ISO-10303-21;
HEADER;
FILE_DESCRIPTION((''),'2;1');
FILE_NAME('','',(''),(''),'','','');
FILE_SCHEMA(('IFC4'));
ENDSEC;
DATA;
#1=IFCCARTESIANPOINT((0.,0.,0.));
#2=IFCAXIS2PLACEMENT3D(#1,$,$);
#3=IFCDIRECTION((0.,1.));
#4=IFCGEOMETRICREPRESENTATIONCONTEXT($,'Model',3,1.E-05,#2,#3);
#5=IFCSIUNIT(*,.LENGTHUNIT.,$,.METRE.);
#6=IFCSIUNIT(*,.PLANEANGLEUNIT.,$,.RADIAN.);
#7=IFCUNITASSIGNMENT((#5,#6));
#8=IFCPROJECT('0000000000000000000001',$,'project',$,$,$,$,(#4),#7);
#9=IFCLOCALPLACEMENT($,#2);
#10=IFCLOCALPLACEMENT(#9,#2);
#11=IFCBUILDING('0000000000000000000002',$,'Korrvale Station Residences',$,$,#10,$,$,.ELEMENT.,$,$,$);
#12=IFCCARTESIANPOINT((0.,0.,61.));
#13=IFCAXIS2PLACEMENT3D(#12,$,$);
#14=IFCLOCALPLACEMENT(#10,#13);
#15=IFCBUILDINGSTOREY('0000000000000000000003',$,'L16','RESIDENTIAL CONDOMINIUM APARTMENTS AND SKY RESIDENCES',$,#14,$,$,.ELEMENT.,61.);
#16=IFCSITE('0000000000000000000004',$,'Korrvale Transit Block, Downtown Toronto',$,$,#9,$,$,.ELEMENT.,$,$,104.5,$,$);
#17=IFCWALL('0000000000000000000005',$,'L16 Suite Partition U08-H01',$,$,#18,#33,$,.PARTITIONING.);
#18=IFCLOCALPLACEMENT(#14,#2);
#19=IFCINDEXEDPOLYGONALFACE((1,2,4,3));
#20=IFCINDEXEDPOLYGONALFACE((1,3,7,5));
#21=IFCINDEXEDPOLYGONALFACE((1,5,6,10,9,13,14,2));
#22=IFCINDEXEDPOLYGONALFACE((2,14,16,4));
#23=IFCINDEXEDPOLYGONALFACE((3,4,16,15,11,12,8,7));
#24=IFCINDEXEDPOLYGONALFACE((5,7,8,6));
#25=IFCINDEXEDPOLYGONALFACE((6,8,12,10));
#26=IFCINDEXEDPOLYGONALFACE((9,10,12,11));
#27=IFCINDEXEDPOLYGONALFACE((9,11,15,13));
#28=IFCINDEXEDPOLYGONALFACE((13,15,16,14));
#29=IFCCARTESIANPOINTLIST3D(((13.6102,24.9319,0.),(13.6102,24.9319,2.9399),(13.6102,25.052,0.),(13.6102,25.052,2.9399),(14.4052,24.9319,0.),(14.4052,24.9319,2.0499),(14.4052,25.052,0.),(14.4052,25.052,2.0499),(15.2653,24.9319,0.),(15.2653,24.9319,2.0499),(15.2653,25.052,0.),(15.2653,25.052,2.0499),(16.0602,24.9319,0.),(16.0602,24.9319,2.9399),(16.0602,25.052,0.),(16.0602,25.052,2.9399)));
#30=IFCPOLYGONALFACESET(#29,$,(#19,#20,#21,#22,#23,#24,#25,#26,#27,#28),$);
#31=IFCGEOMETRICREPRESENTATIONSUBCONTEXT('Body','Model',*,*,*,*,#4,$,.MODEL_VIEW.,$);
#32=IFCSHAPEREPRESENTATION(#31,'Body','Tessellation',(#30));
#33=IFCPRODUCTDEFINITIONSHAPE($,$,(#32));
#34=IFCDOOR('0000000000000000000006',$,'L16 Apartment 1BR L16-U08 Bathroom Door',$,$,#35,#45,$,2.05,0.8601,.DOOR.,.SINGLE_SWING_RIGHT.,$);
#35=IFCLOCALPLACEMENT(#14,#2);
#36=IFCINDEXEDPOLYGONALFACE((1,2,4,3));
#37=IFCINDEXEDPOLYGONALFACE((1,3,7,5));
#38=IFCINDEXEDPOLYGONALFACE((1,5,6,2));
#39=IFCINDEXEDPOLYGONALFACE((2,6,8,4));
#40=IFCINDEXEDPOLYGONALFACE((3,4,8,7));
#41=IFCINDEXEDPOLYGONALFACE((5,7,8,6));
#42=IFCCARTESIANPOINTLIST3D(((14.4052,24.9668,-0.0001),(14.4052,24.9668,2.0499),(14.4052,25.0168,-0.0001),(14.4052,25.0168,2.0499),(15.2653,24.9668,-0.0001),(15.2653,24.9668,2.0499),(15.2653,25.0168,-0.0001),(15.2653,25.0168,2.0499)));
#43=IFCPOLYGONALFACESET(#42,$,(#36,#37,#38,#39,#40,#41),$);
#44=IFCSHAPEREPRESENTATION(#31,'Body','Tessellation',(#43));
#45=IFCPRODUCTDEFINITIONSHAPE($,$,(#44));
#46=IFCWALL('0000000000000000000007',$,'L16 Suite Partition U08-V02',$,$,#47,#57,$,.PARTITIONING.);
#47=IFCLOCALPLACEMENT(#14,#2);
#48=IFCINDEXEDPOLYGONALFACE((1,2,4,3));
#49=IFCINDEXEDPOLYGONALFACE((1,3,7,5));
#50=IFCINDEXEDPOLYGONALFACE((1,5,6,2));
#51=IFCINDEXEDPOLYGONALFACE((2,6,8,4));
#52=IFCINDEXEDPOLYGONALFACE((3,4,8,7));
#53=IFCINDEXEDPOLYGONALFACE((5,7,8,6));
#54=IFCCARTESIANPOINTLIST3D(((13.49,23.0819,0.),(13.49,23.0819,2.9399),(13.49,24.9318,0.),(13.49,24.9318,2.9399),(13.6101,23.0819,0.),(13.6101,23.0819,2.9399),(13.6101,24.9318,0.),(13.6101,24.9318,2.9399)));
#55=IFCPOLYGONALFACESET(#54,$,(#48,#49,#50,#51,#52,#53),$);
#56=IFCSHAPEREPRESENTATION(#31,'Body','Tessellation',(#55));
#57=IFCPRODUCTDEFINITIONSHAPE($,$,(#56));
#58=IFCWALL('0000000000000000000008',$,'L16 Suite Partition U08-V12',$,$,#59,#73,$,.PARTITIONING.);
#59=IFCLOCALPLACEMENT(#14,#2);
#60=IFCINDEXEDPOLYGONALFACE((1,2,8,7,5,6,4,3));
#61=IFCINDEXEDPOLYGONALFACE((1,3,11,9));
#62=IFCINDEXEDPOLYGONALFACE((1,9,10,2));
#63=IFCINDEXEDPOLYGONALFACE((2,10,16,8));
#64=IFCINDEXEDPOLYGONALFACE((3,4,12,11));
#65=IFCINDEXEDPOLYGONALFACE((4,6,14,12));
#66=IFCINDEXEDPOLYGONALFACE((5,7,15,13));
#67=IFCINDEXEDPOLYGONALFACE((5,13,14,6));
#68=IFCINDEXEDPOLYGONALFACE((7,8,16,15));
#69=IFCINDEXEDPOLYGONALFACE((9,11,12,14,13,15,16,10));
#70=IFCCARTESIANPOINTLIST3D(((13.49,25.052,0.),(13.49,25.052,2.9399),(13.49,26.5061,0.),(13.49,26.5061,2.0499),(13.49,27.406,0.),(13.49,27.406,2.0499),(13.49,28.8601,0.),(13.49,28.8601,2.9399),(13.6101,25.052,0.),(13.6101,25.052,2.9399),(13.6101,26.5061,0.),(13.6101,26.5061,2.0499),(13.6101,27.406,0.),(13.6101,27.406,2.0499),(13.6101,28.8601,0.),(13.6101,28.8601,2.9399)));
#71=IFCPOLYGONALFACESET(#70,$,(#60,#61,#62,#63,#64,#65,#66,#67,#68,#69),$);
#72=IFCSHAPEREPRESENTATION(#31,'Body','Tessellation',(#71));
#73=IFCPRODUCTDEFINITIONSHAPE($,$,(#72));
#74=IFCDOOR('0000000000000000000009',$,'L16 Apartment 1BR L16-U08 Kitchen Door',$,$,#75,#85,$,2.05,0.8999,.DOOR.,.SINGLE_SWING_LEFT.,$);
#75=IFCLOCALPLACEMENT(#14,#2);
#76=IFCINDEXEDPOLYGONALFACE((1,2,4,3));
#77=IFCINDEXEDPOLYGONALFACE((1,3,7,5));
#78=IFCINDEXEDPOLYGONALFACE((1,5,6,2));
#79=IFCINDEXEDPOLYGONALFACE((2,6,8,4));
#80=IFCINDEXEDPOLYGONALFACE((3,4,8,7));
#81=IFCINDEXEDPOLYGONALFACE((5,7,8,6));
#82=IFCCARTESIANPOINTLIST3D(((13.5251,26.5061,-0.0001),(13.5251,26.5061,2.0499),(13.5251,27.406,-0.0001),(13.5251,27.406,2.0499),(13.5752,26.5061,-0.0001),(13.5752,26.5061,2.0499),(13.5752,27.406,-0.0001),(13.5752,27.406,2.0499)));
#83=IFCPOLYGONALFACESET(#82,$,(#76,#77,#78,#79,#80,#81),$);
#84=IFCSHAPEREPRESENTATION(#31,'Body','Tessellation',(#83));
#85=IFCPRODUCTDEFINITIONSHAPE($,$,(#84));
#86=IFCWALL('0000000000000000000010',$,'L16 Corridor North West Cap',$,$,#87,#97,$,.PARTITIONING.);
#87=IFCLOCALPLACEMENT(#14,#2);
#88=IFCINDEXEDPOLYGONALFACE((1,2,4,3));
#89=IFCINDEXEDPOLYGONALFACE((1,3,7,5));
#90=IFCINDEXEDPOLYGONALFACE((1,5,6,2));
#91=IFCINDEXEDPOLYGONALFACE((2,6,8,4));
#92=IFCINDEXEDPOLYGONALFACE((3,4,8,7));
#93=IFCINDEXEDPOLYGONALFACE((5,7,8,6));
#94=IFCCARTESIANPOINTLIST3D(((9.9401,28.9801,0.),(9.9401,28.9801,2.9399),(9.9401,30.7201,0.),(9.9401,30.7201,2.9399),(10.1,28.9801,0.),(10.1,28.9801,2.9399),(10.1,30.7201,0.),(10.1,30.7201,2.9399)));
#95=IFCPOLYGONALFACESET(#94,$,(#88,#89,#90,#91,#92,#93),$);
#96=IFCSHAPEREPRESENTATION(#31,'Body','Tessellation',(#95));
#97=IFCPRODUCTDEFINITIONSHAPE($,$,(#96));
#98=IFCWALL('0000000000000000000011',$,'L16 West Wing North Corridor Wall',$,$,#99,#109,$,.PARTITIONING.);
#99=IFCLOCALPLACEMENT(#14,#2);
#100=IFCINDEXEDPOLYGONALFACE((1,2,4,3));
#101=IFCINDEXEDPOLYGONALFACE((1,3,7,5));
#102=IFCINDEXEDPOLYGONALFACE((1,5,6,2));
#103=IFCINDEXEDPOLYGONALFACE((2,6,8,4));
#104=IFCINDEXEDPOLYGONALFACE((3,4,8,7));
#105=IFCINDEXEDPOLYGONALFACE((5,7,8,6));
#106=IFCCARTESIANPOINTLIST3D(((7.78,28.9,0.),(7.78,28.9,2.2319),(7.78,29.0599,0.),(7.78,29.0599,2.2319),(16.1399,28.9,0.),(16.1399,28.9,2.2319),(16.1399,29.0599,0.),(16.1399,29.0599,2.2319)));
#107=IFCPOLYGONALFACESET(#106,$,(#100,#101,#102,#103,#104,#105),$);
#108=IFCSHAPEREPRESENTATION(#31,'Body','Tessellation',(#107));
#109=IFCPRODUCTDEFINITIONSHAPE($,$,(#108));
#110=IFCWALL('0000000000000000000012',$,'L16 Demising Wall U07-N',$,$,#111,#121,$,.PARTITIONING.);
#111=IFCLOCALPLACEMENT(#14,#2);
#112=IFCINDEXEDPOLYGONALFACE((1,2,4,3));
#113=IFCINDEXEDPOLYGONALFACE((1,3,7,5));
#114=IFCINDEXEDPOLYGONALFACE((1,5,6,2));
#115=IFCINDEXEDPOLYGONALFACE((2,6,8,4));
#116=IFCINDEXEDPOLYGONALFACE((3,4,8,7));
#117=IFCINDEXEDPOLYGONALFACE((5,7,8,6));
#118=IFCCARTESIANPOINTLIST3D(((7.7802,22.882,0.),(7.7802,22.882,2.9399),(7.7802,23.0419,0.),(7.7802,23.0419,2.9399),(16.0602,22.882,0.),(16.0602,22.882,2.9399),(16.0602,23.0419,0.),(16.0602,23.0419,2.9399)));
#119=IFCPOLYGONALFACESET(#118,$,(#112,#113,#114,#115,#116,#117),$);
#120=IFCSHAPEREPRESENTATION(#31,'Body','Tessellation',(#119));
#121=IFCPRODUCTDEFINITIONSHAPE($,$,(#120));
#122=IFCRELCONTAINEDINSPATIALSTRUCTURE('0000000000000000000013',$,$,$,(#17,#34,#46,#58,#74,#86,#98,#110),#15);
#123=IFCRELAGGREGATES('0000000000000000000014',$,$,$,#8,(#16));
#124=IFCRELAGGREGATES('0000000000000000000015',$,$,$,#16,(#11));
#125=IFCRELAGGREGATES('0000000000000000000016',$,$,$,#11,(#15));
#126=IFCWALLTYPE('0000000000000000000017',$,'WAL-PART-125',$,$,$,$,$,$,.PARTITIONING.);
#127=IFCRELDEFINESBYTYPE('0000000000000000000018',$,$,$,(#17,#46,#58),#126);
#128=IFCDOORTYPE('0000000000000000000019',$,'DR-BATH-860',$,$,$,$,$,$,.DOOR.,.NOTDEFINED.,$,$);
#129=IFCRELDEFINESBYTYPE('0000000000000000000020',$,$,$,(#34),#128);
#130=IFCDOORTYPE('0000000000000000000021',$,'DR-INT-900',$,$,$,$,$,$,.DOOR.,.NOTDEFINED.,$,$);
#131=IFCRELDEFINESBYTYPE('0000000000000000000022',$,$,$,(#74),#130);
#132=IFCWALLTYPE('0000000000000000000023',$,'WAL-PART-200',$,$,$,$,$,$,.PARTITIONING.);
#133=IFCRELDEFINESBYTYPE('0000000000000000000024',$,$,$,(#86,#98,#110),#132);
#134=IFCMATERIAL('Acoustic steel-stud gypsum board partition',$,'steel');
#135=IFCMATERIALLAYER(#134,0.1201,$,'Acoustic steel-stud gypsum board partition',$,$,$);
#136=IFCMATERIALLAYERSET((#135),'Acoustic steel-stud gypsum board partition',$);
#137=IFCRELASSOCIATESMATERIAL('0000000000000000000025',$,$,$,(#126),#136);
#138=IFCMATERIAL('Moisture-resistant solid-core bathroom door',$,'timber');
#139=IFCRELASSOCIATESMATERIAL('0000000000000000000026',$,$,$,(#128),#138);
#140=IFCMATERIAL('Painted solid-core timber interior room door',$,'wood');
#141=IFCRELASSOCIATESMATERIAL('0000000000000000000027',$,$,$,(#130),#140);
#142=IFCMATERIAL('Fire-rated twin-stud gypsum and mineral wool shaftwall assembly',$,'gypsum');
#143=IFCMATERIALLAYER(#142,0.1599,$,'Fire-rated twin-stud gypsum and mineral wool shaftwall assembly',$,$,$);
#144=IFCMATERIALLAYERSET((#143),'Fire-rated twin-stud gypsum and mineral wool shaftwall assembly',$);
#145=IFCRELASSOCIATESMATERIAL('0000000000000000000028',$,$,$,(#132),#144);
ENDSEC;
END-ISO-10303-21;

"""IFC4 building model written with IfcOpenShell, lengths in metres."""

from ifc_helpers import new_model, si_unit, direction, frame, frame_2d, origin, place, context, subcontext, project, spatial, rectangle, extrude, material, layer, layer_set, type_object, element, fill, save


model = new_model("IFC4")

# Units and contexts
model_context = context("Model", 3, precision=1e-05, world=origin(), true_north=direction((0.0, 1.0)))
body_context = subcontext(model_context, "Body", "Model", "MODEL_VIEW")
ifc_project = project(units=[si_unit("LENGTHUNIT", "METRE"), si_unit("PLANEANGLEUNIT", "RADIAN")], contexts=[model_context])

# Site, building, storey
site_placement = place(None, origin())
site = spatial("IfcSite", under=ifc_project, at=site_placement, Name="Korrvale Transit Block, Downtown Toronto", CompositionType="ELEMENT", RefElevation=104.5)
building_placement = place(site_placement, origin())
building = spatial("IfcBuilding", under=site, at=building_placement, Name="Korrvale Station Residences", CompositionType="ELEMENT")
storey_placement = place(building_placement, frame((0.0, 0.0, 61.0)))
storey = spatial("IfcBuildingStorey", under=building, at=storey_placement, Name="L16", Description="RESIDENTIAL CONDOMINIUM APARTMENTS AND SKY RESIDENCES", CompositionType="ELEMENT", Elevation=61.0)

# Wall, opening, door
ifc_material_1 = material(Name="Acoustic steel-stud gypsum board partition", Category="steel")
ifc_layer_1 = layer(ifc_material_1, 0.1201, Name="Acoustic steel-stud gypsum board partition")
ifc_layer_set_1 = layer_set([ifc_layer_1], Name="Acoustic steel-stud gypsum board partition")
wall_type_1 = type_object("IfcWallType", Name="WAL-PART-125", PredefinedType="PARTITIONING", material=ifc_layer_set_1)
ifc_material_2 = material(Name="Moisture-resistant solid-core bathroom door", Category="timber")
door_type_1 = type_object("IfcDoorType", Name="DR-BATH-860", OperationType="NOTDEFINED", PredefinedType="DOOR", material=ifc_material_2)
ifc_material_3 = material(Name="Painted solid-core timber interior room door", Category="wood")
door_type_2 = type_object("IfcDoorType", Name="DR-INT-900", OperationType="NOTDEFINED", PredefinedType="DOOR", material=ifc_material_3)
wall_1_placement = place(storey_placement, frame((13.6101, 24.9919, 0.0), z_axis=(0.0, 0.0, 1.0), x_axis=(1.0, 0.0, 0.0)))
wall_1 = element("IfcWall", 1, at=wall_1_placement, inside=storey, type_object=wall_type_1, Name="L16 Suite Partition U08-H01", PredefinedType="PARTITIONING", context=body_context, shape_type="SweptSolid", body=[
    extrude(rectangle(XDim=2.45, YDim=0.1201, at=frame_2d((1.2251, 0.0))), origin(), (0.0, 0.0, 1.0), 2.9399),
])
opening_1_placement = place(wall_1_placement, frame((0.7949, 0.0, 0.0)))
opening_1 = element("IfcOpeningElement", 2, at=opening_1_placement, cuts=wall_1, PredefinedType="OPENING", context=body_context, shape_type="SweptSolid", body=[
    extrude(rectangle(XDim=0.8601, YDim=2.05, at=frame_2d((0.4302, 1.0249))), frame((0.0, 0.0701, 0.0), z_axis=(0.0, -1.0, 0.0), x_axis=(1.0, 0.0, 0.0)), (0.0, 0.0, 1.0), 0.1401),
])
door_1_placement = place(opening_1_placement, origin())
door_1 = element("IfcDoor", 3, at=door_1_placement, inside=storey, type_object=door_type_1, Name="L16 Apartment 1BR L16-U08 Bathroom Door", OperationType="SINGLE_SWING_RIGHT", OverallHeight=2.05, OverallWidth=0.8601, PredefinedType="DOOR", context=body_context, shape_type="SweptSolid", body=[
    extrude(rectangle(XDim=0.8601, YDim=2.05, at=frame_2d((0.4302, 1.0249))), frame((0.0, 0.0249, 0.0), z_axis=(0.0, -1.0, 0.0), x_axis=(1.0, 0.0, 0.0)), (0.0, 0.0, 1.0), 0.05),
])
fill(opening_1, door_1)

# Wall
wall_2_placement = place(storey_placement, frame((13.55, 23.082, 0.0), z_axis=(0.0, 0.0, 1.0), x_axis=(0.0, 1.0, 0.0)))
element("IfcWall", 4, at=wall_2_placement, inside=storey, type_object=wall_type_1, Name="L16 Suite Partition U08-V02", PredefinedType="PARTITIONING", context=body_context, shape_type="SweptSolid", body=[
    extrude(rectangle(XDim=1.8499, YDim=0.1201, at=frame_2d((0.9248, 0.0))), origin(), (0.0, 0.0, 1.0), 2.9399),
])

# Wall, opening, door
wall_3_placement = place(storey_placement, frame((13.55, 25.052, 0.0), z_axis=(0.0, 0.0, 1.0), x_axis=(0.0, 1.0, 0.0)))
wall_3 = element("IfcWall", 5, at=wall_3_placement, inside=storey, type_object=wall_type_1, Name="L16 Suite Partition U08-V12", PredefinedType="PARTITIONING", context=body_context, shape_type="SweptSolid", body=[
    extrude(rectangle(XDim=3.8081, YDim=0.1201, at=frame_2d((1.9041, 0.0))), origin(), (0.0, 0.0, 1.0), 2.9399),
])
opening_2_placement = place(wall_3_placement, frame((1.4541, 0.0, 0.0)))
opening_2 = element("IfcOpeningElement", 6, at=opening_2_placement, cuts=wall_3, PredefinedType="OPENING", context=body_context, shape_type="SweptSolid", body=[
    extrude(rectangle(XDim=0.8999, YDim=2.05, at=frame_2d((0.45, 1.0249))), frame((0.0, 0.0701, 0.0), z_axis=(0.0, -1.0, 0.0), x_axis=(1.0, 0.0, 0.0)), (0.0, 0.0, 1.0), 0.1401),
])
door_2_placement = place(opening_2_placement, origin())
door_2 = element("IfcDoor", 7, at=door_2_placement, inside=storey, type_object=door_type_2, Name="L16 Apartment 1BR L16-U08 Kitchen Door", OperationType="SINGLE_SWING_LEFT", OverallHeight=2.05, OverallWidth=0.8999, PredefinedType="DOOR", context=body_context, shape_type="SweptSolid", body=[
    extrude(rectangle(XDim=0.8999, YDim=2.05, at=frame_2d((0.45, 1.0249))), frame((0.0, 0.0249, 0.0), z_axis=(0.0, -1.0, 0.0), x_axis=(1.0, 0.0, 0.0)), (0.0, 0.0, 1.0), 0.05),
])
fill(opening_2, door_2)

# Walls
ifc_material_4 = material(Name="Fire-rated twin-stud gypsum and mineral wool shaftwall assembly", Category="gypsum")
ifc_layer_2 = layer(ifc_material_4, 0.1599, Name="Fire-rated twin-stud gypsum and mineral wool shaftwall assembly")
ifc_layer_set_2 = layer_set([ifc_layer_2], Name="Fire-rated twin-stud gypsum and mineral wool shaftwall assembly")
wall_type_2 = type_object("IfcWallType", Name="WAL-PART-200", PredefinedType="PARTITIONING", material=ifc_layer_set_2)
wall_4_placement = place(storey_placement, frame((10.02, 28.98, 0.0), z_axis=(0.0, 0.0, 1.0), x_axis=(0.0, 1.0, 0.0)))
element("IfcWall", 8, at=wall_4_placement, inside=storey, type_object=wall_type_2, Name="L16 Corridor North West Cap", PredefinedType="PARTITIONING", context=body_context, shape_type="SweptSolid", body=[
    extrude(rectangle(XDim=1.74, YDim=0.1599, at=frame_2d((0.8701, 0.0))), origin(), (0.0, 0.0, 1.0), 2.9399),
])
wall_5_placement = place(storey_placement, frame((7.78, 28.98, 0.0), z_axis=(0.0, 0.0, 1.0), x_axis=(1.0, 0.0, 0.0)))
element("IfcWall", 9, at=wall_5_placement, inside=storey, type_object=wall_type_2, Name="L16 West Wing North Corridor Wall", PredefinedType="PARTITIONING", context=body_context, shape_type="SweptSolid", body=[
    extrude(rectangle(XDim=8.3599, YDim=0.1599, at=frame_2d((4.1799, 0.0))), origin(), (0.0, 0.0, 1.0), 2.2319),
])
wall_6_placement = place(storey_placement, frame((7.78, 22.9619, 0.0), z_axis=(0.0, 0.0, 1.0), x_axis=(1.0, 0.0, 0.0)))
element("IfcWall", 10, at=wall_6_placement, inside=storey, type_object=wall_type_2, Name="L16 Demising Wall U07-N", PredefinedType="PARTITIONING", context=body_context, shape_type="SweptSolid", body=[
    extrude(rectangle(XDim=8.28, YDim=0.1599, at=frame_2d((4.1401, 0.0))), origin(), (0.0, 0.0, 1.0), 2.9399),
])

save(model, "model.ifc")
